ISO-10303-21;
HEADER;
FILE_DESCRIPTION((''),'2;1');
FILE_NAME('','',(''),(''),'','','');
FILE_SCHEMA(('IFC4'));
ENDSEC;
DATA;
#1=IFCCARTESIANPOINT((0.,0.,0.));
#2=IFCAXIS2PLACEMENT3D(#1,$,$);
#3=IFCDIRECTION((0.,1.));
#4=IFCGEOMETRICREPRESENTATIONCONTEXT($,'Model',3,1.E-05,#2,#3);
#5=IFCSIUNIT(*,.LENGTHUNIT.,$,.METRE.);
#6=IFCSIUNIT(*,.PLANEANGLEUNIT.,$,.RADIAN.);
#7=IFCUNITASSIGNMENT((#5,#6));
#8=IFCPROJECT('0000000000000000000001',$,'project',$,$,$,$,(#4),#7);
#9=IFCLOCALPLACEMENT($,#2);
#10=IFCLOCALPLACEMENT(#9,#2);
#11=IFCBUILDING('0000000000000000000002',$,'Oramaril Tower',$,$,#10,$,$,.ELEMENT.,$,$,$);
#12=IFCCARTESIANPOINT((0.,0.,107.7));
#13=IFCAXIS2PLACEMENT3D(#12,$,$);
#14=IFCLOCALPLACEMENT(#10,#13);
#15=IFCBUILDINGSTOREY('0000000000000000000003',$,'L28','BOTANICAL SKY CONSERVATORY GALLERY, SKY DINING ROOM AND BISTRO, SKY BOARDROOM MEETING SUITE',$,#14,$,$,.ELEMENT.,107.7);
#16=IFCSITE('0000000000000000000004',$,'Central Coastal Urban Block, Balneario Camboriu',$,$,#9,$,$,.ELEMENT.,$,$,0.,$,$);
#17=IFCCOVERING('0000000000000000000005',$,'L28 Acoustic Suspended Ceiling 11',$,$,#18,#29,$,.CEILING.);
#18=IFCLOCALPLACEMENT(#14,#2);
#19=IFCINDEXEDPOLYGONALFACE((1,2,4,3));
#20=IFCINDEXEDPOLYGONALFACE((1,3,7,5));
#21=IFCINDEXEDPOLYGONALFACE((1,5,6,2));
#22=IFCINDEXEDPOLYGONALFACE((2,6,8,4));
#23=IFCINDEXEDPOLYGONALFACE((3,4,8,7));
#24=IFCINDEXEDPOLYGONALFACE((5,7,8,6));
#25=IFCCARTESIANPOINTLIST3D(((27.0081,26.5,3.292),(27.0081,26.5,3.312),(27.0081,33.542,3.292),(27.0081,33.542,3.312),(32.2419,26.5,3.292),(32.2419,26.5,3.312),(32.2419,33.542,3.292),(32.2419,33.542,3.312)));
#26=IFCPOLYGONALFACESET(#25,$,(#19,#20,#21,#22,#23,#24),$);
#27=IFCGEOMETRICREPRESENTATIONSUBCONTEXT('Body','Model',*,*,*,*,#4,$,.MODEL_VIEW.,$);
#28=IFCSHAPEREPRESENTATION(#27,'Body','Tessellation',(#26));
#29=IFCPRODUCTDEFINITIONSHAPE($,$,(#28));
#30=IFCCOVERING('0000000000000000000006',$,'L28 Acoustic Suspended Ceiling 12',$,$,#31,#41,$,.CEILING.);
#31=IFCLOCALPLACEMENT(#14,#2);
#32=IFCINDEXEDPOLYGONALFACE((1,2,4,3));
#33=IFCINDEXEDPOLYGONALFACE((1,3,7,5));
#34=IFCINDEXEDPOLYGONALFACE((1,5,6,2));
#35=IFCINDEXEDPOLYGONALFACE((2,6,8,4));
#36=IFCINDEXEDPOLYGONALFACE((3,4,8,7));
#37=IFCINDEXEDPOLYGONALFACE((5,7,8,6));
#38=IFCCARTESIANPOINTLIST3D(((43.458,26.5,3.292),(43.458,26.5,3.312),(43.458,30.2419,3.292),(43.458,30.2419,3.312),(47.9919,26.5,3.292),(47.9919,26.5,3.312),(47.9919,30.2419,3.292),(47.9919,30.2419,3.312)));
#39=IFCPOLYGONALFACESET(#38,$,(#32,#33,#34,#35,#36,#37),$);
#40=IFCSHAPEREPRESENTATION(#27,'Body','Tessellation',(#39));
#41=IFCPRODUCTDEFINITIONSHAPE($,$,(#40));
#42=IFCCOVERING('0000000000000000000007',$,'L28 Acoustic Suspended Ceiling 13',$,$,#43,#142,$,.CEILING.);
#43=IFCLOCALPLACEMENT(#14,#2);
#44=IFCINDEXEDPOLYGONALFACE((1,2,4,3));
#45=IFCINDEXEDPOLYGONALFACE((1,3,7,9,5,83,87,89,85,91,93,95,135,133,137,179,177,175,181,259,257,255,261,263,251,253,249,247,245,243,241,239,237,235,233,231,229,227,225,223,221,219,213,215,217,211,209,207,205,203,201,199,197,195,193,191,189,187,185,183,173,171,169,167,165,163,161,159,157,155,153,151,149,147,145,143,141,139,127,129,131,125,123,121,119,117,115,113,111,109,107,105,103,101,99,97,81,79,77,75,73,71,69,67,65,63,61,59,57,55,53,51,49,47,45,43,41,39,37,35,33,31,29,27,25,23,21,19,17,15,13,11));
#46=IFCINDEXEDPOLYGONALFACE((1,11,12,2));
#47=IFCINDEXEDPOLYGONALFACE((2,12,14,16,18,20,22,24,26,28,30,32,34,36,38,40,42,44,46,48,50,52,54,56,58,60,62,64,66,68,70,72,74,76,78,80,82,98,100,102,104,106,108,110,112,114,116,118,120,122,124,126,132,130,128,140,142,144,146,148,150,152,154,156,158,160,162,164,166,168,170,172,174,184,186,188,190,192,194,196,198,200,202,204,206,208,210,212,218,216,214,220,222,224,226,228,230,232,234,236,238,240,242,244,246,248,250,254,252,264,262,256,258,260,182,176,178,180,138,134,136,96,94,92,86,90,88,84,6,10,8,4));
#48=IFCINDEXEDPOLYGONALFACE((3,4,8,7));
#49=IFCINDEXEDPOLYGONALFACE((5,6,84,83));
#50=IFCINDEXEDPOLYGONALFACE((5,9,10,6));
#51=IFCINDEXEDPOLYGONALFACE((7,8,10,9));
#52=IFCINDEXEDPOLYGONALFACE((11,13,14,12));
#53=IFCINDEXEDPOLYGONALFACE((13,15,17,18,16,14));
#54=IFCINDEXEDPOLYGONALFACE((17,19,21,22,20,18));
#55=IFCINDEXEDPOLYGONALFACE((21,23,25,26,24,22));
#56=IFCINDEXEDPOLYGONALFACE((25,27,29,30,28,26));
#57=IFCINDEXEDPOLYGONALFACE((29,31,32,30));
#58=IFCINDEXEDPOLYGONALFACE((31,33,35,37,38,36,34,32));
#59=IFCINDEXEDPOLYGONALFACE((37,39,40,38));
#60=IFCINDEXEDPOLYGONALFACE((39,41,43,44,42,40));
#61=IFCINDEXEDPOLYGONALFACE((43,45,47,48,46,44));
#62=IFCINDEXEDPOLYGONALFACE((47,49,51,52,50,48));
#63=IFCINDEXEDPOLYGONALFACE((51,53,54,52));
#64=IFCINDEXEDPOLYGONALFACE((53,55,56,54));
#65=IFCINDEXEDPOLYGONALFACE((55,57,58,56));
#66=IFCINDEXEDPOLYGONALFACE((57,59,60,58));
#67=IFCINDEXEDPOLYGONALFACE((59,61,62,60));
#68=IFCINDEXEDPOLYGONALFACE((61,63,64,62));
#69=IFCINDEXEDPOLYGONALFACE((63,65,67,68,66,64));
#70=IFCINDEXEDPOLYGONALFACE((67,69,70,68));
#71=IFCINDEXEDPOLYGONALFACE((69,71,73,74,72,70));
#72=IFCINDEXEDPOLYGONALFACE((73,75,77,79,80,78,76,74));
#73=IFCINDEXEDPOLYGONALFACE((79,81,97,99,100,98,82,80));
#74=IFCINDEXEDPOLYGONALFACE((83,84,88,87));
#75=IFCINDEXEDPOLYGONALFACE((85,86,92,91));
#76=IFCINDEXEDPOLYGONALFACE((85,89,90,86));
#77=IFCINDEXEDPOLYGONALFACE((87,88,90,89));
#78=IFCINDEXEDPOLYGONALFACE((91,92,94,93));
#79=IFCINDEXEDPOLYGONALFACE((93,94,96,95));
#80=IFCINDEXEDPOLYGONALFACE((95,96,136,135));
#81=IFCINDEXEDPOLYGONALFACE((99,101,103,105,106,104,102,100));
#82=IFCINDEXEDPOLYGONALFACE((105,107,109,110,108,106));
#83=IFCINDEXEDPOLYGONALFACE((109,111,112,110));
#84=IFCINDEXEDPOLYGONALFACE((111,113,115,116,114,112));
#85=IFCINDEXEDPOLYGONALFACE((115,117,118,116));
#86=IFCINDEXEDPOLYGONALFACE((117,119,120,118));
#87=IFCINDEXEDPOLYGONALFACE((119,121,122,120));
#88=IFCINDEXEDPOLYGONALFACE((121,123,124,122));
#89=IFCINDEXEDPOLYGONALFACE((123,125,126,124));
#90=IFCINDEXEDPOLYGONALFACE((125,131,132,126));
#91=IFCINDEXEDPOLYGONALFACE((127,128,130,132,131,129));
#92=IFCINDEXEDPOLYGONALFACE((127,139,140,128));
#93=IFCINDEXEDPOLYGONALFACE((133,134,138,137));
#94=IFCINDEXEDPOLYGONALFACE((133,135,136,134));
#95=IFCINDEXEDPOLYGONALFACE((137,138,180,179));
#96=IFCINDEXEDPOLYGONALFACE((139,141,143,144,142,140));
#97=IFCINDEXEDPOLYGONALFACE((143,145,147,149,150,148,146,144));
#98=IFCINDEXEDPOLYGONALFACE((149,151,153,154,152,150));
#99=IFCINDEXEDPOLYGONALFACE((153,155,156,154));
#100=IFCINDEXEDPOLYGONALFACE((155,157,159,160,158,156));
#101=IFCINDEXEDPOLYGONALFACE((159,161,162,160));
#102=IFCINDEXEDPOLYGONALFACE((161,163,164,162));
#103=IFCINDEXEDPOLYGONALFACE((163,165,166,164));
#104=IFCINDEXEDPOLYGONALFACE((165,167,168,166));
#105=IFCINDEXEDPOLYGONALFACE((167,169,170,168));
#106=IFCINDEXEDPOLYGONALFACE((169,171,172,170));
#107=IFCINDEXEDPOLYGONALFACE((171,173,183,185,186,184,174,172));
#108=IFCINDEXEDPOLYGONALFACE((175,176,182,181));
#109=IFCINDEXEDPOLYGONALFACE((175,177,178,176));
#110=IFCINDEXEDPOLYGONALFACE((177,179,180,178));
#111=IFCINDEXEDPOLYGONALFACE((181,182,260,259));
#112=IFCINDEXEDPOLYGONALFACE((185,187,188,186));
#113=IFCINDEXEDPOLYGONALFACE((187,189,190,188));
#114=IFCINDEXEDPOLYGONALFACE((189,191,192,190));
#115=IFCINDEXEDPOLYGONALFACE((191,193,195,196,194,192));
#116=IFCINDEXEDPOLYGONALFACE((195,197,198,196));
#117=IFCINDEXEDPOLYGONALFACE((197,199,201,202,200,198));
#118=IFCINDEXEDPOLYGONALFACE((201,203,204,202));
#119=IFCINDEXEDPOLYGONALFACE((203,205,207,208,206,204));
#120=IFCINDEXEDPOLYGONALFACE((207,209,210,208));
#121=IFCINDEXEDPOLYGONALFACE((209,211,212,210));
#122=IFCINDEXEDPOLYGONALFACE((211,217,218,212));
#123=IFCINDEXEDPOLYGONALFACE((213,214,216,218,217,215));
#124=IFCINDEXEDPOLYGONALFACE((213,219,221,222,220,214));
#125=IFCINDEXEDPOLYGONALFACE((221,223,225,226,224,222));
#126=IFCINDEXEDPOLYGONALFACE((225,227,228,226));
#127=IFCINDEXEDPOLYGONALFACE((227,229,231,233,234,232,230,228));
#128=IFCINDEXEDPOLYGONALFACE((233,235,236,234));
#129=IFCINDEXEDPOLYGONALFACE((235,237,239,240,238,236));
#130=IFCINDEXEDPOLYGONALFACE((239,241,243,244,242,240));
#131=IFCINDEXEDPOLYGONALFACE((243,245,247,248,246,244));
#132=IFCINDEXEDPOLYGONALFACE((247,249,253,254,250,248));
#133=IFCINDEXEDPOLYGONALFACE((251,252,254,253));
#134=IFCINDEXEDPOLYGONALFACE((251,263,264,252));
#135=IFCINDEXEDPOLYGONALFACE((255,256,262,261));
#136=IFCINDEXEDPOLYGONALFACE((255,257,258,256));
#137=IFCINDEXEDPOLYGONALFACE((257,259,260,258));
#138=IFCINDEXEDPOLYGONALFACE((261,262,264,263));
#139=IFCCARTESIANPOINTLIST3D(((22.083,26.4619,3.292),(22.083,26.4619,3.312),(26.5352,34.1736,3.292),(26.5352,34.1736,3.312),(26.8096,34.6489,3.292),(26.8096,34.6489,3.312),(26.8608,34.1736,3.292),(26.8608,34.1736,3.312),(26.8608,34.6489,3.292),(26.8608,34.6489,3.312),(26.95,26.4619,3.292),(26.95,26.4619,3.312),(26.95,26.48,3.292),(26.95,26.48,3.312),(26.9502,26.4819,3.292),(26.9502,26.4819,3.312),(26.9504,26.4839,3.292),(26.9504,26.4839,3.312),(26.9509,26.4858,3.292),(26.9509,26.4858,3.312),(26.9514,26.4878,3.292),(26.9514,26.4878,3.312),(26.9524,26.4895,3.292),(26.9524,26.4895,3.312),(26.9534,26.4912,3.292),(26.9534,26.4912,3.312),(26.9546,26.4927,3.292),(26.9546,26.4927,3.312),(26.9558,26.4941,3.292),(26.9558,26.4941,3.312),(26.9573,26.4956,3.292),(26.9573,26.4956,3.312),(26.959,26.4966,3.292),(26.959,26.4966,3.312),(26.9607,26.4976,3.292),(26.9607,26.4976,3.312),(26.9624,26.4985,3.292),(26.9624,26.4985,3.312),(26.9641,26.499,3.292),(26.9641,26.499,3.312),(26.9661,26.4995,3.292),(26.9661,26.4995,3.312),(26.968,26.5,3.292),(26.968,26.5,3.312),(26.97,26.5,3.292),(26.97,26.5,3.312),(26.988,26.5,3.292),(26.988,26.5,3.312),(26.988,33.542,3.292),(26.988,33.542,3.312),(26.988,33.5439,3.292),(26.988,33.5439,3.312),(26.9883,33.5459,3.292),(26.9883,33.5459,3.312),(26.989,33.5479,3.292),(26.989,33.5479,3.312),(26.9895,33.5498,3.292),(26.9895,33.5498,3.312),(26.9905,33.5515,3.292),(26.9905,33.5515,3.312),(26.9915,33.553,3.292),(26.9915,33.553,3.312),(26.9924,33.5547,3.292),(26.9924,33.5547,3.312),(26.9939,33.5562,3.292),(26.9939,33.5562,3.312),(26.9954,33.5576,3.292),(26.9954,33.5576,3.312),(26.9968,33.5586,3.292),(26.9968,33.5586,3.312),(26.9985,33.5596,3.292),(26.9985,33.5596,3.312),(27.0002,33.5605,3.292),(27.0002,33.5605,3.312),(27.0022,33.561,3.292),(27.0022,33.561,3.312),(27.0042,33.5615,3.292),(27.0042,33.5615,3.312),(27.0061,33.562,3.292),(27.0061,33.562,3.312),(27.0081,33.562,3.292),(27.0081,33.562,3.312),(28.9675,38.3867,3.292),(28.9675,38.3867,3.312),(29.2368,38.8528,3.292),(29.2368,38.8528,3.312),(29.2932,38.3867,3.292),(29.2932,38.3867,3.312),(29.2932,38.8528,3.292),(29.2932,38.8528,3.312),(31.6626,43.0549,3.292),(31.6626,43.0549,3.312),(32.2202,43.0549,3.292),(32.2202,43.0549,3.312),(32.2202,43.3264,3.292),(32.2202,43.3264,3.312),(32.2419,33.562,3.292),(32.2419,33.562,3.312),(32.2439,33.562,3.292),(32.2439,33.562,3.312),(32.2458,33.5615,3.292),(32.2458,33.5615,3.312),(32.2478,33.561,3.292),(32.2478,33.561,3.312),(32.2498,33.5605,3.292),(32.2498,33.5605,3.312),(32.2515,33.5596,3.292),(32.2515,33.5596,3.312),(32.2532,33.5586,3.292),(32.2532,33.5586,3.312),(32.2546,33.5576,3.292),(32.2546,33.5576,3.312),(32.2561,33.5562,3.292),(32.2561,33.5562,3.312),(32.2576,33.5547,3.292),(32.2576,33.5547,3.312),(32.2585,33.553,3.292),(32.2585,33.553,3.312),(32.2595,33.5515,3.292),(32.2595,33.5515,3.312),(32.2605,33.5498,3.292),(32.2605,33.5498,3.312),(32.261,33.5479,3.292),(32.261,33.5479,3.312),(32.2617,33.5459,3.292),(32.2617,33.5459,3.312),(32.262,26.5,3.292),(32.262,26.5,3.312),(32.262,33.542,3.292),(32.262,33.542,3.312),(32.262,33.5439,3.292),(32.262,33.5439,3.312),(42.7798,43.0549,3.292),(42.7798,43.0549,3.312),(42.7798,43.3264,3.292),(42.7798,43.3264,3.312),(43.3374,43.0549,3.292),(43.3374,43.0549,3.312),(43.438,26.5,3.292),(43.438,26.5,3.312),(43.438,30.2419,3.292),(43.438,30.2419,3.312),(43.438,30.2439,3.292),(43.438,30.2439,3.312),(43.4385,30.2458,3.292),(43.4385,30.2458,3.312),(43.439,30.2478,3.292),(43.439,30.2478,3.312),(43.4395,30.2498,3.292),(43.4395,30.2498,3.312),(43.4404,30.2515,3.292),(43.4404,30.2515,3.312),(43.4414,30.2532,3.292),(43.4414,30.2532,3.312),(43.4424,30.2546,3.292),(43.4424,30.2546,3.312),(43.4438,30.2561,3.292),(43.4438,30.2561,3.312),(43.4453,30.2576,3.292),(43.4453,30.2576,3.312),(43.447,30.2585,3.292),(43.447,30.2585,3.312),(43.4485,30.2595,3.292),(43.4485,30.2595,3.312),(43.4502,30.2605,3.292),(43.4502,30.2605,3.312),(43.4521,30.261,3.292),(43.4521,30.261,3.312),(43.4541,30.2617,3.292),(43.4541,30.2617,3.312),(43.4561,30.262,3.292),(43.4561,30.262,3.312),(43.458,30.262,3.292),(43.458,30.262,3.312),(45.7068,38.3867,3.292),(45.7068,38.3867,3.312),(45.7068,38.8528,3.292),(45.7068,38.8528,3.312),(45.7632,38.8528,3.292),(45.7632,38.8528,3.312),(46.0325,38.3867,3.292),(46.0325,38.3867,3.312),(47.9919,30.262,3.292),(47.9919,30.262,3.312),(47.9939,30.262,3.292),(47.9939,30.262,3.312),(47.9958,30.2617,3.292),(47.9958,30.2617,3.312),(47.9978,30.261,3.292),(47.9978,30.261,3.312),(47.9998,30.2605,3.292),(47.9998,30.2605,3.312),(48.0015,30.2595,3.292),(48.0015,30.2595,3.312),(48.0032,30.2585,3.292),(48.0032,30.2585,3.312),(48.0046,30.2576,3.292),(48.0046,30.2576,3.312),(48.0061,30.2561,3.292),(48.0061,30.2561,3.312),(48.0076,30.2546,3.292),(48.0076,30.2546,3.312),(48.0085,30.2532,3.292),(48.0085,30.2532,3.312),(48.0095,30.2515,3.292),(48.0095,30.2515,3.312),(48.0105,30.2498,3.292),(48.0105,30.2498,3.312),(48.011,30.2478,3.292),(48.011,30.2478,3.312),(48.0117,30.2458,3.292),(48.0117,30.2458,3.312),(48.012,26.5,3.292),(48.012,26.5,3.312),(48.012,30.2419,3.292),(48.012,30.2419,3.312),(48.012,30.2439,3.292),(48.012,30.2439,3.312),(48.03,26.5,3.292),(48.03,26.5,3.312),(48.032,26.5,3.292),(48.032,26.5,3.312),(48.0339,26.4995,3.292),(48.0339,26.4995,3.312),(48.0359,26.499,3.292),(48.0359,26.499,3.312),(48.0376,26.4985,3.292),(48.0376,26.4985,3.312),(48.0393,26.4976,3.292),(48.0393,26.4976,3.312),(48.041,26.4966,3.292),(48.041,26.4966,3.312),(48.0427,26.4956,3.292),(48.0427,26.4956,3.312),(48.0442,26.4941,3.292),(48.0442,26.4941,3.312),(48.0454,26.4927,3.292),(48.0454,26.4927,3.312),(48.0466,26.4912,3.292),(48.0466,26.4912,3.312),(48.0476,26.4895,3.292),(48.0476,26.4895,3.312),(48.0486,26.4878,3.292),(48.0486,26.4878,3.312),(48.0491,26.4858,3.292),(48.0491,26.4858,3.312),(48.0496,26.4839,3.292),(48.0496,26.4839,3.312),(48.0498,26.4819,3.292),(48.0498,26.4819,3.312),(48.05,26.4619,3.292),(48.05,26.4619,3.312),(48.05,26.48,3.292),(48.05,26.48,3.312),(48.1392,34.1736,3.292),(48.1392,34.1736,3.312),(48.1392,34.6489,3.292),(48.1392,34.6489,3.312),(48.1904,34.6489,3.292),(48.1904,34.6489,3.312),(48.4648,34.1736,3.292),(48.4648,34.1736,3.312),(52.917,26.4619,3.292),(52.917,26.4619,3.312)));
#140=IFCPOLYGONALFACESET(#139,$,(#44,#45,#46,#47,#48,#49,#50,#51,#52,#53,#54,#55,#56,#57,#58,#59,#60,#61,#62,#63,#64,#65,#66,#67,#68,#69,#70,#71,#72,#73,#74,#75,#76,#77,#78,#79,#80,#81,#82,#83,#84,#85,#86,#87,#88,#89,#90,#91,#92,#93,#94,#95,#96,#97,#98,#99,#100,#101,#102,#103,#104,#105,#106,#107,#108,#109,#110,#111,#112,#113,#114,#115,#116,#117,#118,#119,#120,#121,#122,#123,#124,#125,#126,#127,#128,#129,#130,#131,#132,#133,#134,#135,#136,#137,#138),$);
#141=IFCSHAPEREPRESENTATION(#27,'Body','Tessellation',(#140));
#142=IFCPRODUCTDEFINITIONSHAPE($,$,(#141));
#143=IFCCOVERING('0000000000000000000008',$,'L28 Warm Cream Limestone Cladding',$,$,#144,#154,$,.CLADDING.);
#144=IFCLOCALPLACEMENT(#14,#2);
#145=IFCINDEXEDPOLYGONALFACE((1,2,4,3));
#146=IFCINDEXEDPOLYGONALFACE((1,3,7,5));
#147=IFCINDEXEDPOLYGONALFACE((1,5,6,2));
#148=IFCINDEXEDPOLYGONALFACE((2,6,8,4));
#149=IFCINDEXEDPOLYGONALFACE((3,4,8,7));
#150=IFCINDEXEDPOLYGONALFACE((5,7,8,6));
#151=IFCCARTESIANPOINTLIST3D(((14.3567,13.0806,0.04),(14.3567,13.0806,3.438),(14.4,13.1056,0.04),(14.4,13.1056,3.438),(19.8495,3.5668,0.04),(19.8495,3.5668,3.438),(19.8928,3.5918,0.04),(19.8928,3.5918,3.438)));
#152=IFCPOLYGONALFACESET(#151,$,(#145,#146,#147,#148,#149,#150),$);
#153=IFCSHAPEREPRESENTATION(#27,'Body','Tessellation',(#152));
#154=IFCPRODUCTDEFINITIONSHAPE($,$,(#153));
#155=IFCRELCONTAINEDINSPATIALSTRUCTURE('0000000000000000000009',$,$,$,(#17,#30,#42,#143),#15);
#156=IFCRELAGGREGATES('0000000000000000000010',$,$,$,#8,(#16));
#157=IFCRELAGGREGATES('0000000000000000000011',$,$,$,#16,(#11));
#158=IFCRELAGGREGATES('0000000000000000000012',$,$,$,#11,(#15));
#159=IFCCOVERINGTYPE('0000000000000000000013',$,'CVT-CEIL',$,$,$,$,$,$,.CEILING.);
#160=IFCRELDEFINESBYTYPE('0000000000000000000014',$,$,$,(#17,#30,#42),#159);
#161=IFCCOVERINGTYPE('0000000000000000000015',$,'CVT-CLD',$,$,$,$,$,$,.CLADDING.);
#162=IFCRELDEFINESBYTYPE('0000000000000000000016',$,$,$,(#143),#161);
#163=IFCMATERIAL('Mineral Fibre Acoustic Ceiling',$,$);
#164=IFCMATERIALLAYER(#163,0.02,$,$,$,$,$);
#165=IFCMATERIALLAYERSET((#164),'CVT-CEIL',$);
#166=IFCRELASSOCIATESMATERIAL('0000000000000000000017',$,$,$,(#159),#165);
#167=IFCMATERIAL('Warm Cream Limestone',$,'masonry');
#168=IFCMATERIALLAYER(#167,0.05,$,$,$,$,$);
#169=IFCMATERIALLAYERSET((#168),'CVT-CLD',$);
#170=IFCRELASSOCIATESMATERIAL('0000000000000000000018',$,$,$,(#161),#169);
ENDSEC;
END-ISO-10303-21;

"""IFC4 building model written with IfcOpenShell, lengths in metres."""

from ifc_helpers import new_model, si_unit, direction, frame, origin, origin_2d, place, context, subcontext, project, spatial, polyline, rectangle, outline, extrude, material, layer, layer_set, type_object, element, save


model = new_model("IFC4")

# Units and contexts
model_context = context("Model", 3, precision=1e-05, world=origin(), true_north=direction((0.0, 1.0)))
body_context = subcontext(model_context, "Body", "Model", "MODEL_VIEW")
ifc_project = project(units=[si_unit("LENGTHUNIT", "METRE"), si_unit("PLANEANGLEUNIT", "RADIAN")], contexts=[model_context])

# Site, building, storey
site_placement = place(None, origin())
site = spatial("IfcSite", under=ifc_project, at=site_placement, Name="Central Coastal Urban Block, Balneario Camboriu", CompositionType="ELEMENT", RefElevation=0.0)
building_placement = place(site_placement, origin())
building = spatial("IfcBuilding", under=site, at=building_placement, Name="Oramaril Tower", CompositionType="ELEMENT")
storey_placement = place(building_placement, frame((0.0, 0.0, 107.7)))
storey = spatial("IfcBuildingStorey", under=building, at=storey_placement, Name="L28", Description="BOTANICAL SKY CONSERVATORY GALLERY, SKY DINING ROOM AND BISTRO, SKY BOARDROOM MEETING SUITE", CompositionType="ELEMENT", Elevation=107.7)

# Coverings
ifc_material_1 = material(Name="Mineral Fibre Acoustic Ceiling")
ifc_layer_1 = layer(ifc_material_1, 0.02)
ifc_layer_set_1 = layer_set([ifc_layer_1], Name="CVT-CEIL")
covering_type_1 = type_object("IfcCoveringType", Name="CVT-CEIL", PredefinedType="CEILING", material=ifc_layer_set_1)
covering_1_placement = place(storey_placement, frame((0.0, 0.0, 3.292)))
element("IfcCovering", 1, at=covering_1_placement, inside=storey, type_object=covering_type_1, Name="L28 Acoustic Suspended Ceiling 11", PredefinedType="CEILING", context=body_context, shape_type="SweptSolid", body=[
    extrude(outline(polyline([(32.2419, 33.542), (32.2419, 26.5), (27.0081, 26.5), (27.0081, 33.542), (32.2419, 33.542)])), origin(), (0.0, 0.0, 1.0), 0.02),
])
covering_2_placement = place(storey_placement, frame((0.0, 0.0, 3.292)))
element("IfcCovering", 2, at=covering_2_placement, inside=storey, type_object=covering_type_1, Name="L28 Acoustic Suspended Ceiling 12", PredefinedType="CEILING", context=body_context, shape_type="SweptSolid", body=[
    extrude(outline(polyline([(47.9919, 30.2419), (47.9919, 26.5), (43.458, 26.5), (43.458, 30.2419), (47.9919, 30.2419)])), origin(), (0.0, 0.0, 1.0), 0.02),
])
covering_3_placement = place(storey_placement, frame((0.0, 0.0, 3.292)))
element("IfcCovering", 3, at=covering_3_placement, inside=storey, type_object=covering_type_1, Name="L28 Acoustic Suspended Ceiling 13", PredefinedType="CEILING", context=body_context, shape_type="SweptSolid", body=[
    extrude(outline(polyline([(45.7068, 38.8528), (45.7068, 38.3867), (46.0325, 38.3867), (48.1904, 34.6489), (48.1392, 34.6489), (48.1392, 34.1736), (48.4648, 34.1736), (52.917, 26.4619), (48.05, 26.4619), (48.05, 26.48), (48.0498, 26.4819), (48.0496, 26.4839), (48.0491, 26.4858), (48.0486, 26.4878), (48.0476, 26.4895), (48.0466, 26.4912), (48.0454, 26.4927), (48.0442, 26.4941), (48.0427, 26.4956), (48.041, 26.4966), (48.0393, 26.4976), (48.0376, 26.4985), (48.0359, 26.499), (48.0339, 26.4995), (48.032, 26.5), (48.03, 26.5), (48.012, 26.5), (48.012, 30.2419), (48.012, 30.2439), (48.0117, 30.2458), (48.011, 30.2478), (48.0105, 30.2498), (48.0095, 30.2515), (48.0085, 30.2532), (48.0076, 30.2546), (48.0061, 30.2561), (48.0046, 30.2576), (48.0032, 30.2585), (48.0015, 30.2595), (47.9998, 30.2605), (47.9978, 30.261), (47.9958, 30.2617), (47.9939, 30.262), (47.9919, 30.262), (43.458, 30.262), (43.4561, 30.262), (43.4541, 30.2617), (43.4521, 30.261), (43.4502, 30.2605), (43.4485, 30.2595), (43.447, 30.2585), (43.4453, 30.2576), (43.4438, 30.2561), (43.4424, 30.2546), (43.4414, 30.2532), (43.4404, 30.2515), (43.4395, 30.2498), (43.439, 30.2478), (43.4385, 30.2458), (43.438, 30.2439), (43.438, 30.2419), (43.438, 26.5), (32.262, 26.5), (32.262, 33.542), (32.262, 33.5439), (32.2617, 33.5459), (32.261, 33.5479), (32.2605, 33.5498), (32.2595, 33.5515), (32.2585, 33.553), (32.2576, 33.5547), (32.2561, 33.5562), (32.2546, 33.5576), (32.2532, 33.5586), (32.2515, 33.5596), (32.2498, 33.5605), (32.2478, 33.561), (32.2458, 33.5615), (32.2439, 33.562), (32.2419, 33.562), (27.0081, 33.562), (27.0061, 33.562), (27.0042, 33.5615), (27.0022, 33.561), (27.0002, 33.5605), (26.9985, 33.5596), (26.9968, 33.5586), (26.9954, 33.5576), (26.9939, 33.5562), (26.9924, 33.5547), (26.9915, 33.553), (26.9905, 33.5515), (26.9895, 33.5498), (26.989, 33.5479), (26.9883, 33.5459), (26.988, 33.5439), (26.988, 33.542), (26.988, 26.5), (26.97, 26.5), (26.968, 26.5), (26.9661, 26.4995), (26.9641, 26.499), (26.9624, 26.4985), (26.9607, 26.4976), (26.959, 26.4966), (26.9573, 26.4956), (26.9558, 26.4941), (26.9546, 26.4927), (26.9534, 26.4912), (26.9524, 26.4895), (26.9514, 26.4878), (26.9509, 26.4858), (26.9504, 26.4839), (26.9502, 26.4819), (26.95, 26.48), (26.95, 26.4619), (22.083, 26.4619), (26.5352, 34.1736), (26.8608, 34.1736), (26.8608, 34.6489), (26.8096, 34.6489), (28.9675, 38.3867), (29.2932, 38.3867), (29.2932, 38.8528), (29.2368, 38.8528), (31.6626, 43.0549), (32.2202, 43.0549), (32.2202, 43.3264), (42.7798, 43.3264), (42.7798, 43.0549), (43.3374, 43.0549), (45.7632, 38.8528), (45.7068, 38.8528)])), origin(), (0.0, 0.0, 1.0), 0.02),
])
ifc_material_2 = material(Name="Warm Cream Limestone", Category="masonry")
ifc_layer_2 = layer(ifc_material_2, 0.05)
ifc_layer_set_2 = layer_set([ifc_layer_2], Name="CVT-CLD")
covering_type_2 = type_object("IfcCoveringType", Name="CVT-CLD", PredefinedType="CLADDING", material=ifc_layer_set_2)
covering_4_placement = place(storey_placement, frame((17.1248, 8.3362, 0.04), z_axis=(0.0, 0.0, 1.0), x_axis=(0.500003, -0.866024, 0.0)))
element("IfcCovering", 4, at=covering_4_placement, inside=storey, type_object=covering_type_2, Name="L28 Warm Cream Limestone Cladding", PredefinedType="CLADDING", context=body_context, shape_type="SweptSolid", body=[
    extrude(rectangle(XDim=10.9856, YDim=0.05, at=origin_2d()), origin(), (0.0, 0.0, 1.0), 3.3979),
])

save(model, "model.ifc")
